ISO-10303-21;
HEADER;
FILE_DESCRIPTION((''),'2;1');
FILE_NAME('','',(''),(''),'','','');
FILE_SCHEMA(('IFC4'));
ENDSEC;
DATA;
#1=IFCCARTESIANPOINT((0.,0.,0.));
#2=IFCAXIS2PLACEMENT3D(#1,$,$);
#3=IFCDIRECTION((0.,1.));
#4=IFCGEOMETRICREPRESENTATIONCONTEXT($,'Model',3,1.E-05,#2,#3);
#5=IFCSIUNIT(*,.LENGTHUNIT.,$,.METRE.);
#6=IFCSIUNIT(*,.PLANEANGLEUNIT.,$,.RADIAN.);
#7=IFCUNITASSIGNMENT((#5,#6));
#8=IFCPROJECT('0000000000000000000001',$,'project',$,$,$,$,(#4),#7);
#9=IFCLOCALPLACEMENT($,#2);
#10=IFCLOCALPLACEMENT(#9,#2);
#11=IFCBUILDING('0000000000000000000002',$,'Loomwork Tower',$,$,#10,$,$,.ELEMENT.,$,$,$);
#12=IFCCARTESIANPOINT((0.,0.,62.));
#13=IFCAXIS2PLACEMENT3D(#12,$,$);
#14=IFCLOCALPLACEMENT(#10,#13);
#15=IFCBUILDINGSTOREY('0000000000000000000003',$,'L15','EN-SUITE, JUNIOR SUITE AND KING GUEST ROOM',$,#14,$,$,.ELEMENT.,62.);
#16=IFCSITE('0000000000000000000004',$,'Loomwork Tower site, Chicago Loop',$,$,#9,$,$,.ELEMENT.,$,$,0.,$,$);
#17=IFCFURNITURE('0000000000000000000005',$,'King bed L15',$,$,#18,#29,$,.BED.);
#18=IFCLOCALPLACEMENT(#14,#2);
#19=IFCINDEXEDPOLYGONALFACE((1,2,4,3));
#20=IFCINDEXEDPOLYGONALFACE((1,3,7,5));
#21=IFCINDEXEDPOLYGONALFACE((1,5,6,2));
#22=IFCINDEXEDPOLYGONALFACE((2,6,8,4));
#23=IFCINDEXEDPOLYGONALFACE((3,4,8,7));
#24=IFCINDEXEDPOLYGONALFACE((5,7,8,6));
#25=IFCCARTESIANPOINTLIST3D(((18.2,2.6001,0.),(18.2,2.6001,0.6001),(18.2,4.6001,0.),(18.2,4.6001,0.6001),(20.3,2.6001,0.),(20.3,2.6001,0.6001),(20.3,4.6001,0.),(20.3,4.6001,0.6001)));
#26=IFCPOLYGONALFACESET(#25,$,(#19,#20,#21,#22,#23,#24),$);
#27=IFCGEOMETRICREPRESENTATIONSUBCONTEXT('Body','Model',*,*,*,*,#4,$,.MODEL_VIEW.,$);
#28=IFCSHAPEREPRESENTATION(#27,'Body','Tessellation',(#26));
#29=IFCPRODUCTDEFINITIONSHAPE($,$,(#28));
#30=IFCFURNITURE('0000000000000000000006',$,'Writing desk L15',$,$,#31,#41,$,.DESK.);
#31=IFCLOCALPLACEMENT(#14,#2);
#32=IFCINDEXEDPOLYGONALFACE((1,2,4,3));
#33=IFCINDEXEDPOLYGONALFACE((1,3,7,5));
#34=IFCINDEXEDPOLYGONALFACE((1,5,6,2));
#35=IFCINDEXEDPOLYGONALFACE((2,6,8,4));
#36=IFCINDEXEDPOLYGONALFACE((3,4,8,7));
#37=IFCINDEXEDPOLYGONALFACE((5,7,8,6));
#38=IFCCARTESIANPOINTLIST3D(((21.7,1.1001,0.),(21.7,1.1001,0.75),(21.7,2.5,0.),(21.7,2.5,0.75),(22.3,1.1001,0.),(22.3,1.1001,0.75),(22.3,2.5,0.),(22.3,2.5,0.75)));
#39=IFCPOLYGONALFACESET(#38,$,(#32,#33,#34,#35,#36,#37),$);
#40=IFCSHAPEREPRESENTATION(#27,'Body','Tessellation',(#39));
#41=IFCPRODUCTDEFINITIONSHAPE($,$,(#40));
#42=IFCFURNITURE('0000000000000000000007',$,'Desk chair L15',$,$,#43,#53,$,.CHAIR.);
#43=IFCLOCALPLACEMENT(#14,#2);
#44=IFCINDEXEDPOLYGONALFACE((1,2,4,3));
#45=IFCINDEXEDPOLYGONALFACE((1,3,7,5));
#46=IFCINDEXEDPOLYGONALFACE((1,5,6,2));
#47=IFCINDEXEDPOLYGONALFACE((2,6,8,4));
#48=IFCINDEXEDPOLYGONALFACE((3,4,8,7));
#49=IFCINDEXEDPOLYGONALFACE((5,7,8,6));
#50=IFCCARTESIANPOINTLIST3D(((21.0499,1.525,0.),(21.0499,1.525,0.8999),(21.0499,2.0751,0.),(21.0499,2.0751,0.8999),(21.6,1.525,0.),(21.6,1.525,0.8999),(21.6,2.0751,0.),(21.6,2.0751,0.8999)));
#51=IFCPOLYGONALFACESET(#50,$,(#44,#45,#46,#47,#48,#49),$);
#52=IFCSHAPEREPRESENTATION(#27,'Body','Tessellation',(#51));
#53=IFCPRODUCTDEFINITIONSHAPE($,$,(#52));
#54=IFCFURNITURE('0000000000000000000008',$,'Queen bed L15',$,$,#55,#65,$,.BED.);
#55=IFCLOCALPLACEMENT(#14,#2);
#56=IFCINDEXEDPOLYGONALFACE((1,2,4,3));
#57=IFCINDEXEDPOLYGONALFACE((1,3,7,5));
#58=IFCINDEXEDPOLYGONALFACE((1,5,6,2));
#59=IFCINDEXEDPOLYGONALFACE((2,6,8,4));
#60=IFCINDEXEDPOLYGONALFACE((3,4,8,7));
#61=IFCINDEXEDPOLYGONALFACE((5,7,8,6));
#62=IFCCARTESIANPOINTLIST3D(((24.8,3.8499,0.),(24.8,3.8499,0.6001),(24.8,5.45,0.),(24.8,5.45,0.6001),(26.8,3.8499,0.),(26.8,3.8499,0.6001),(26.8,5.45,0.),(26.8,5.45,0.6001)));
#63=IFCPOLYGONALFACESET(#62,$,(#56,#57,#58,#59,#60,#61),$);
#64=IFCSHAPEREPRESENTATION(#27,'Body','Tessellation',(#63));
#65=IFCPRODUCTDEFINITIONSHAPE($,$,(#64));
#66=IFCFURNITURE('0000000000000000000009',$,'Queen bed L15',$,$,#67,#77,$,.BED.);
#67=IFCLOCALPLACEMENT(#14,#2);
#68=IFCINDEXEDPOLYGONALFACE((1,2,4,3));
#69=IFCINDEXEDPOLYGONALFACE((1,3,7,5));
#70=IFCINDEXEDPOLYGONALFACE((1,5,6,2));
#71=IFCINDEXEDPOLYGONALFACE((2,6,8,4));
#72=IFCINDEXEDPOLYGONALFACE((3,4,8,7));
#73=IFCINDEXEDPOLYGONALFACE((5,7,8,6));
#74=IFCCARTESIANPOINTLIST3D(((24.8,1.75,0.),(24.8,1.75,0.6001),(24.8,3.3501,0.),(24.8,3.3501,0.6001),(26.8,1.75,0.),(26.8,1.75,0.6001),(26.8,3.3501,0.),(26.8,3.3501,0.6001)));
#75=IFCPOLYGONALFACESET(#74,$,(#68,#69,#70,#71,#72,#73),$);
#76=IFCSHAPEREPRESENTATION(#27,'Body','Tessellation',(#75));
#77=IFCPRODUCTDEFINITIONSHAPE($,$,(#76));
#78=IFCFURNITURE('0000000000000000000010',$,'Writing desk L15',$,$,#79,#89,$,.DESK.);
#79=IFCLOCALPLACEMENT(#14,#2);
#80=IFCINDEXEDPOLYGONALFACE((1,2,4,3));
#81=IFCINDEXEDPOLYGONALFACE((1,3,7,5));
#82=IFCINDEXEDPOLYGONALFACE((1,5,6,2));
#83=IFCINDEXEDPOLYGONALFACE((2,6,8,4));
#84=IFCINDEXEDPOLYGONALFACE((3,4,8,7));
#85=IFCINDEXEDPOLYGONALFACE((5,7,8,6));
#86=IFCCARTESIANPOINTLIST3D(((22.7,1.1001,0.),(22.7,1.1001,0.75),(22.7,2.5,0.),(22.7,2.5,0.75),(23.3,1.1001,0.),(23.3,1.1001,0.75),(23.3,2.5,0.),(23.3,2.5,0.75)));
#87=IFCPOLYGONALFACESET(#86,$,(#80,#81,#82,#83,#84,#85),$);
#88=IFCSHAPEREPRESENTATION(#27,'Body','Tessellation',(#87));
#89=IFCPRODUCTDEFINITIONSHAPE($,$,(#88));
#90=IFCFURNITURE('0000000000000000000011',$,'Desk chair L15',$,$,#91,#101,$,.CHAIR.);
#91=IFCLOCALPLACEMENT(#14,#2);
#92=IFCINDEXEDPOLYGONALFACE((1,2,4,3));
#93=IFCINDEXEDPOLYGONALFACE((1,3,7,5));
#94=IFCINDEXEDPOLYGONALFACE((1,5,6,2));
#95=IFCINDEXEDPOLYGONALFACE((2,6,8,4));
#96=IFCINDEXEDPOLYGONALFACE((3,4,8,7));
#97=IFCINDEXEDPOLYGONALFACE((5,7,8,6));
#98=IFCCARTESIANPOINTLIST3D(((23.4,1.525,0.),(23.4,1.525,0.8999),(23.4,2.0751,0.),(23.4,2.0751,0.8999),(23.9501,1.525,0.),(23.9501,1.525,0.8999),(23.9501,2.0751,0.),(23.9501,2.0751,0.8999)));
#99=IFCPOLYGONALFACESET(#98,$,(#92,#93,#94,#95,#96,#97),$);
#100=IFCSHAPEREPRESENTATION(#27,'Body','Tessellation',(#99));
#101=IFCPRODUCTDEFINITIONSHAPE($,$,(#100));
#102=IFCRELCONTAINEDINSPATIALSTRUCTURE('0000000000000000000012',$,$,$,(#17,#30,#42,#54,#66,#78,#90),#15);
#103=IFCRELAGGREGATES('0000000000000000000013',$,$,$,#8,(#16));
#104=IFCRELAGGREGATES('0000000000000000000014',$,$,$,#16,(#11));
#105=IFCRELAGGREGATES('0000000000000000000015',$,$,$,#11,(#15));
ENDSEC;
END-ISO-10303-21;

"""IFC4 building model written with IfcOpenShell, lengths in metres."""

from ifc_helpers import new_model, si_unit, direction, frame, origin, origin_2d, place, context, subcontext, project, spatial, rectangle, extrude, element, save


model = new_model("IFC4")

# Units and contexts
model_context = context("Model", 3, precision=1e-05, world=origin(), true_north=direction((0.0, 1.0)))
body_context = subcontext(model_context, "Body", "Model", "MODEL_VIEW")
ifc_project = project(units=[si_unit("LENGTHUNIT", "METRE"), si_unit("PLANEANGLEUNIT", "RADIAN")], contexts=[model_context])

# Site, building, storey
site_placement = place(None, origin())
site = spatial("IfcSite", under=ifc_project, at=site_placement, Name="Loomwork Tower site, Chicago Loop", CompositionType="ELEMENT", RefElevation=0.0)
building_placement = place(site_placement, origin())
building = spatial("IfcBuilding", under=site, at=building_placement, Name="Loomwork Tower", CompositionType="ELEMENT")
storey_placement = place(building_placement, frame((0.0, 0.0, 62.0)))
storey = spatial("IfcBuildingStorey", under=building, at=storey_placement, Name="L15", Description="EN-SUITE, JUNIOR SUITE AND KING GUEST ROOM", CompositionType="ELEMENT", Elevation=62.0)

# Furniture
furniture_1_placement = place(storey_placement, frame((19.25, 3.6001, 0.0), z_axis=(0.0, 0.0, 1.0), x_axis=(1.0, 0.0, 0.0)))
element("IfcFurniture", 1, at=furniture_1_placement, inside=storey, Name="King bed L15", PredefinedType="BED", context=body_context, shape_type="SweptSolid", body=[
    extrude(rectangle(XDim=2.1001, YDim=2.0, at=origin_2d()), origin(), (0.0, 0.0, 1.0), 0.6001),
])
furniture_2_placement = place(storey_placement, frame((22.0, 1.8, 0.0), z_axis=(0.0, 0.0, 1.0), x_axis=(1.0, 0.0, 0.0)))
element("IfcFurniture", 2, at=furniture_2_placement, inside=storey, Name="Writing desk L15", PredefinedType="DESK", context=body_context, shape_type="SweptSolid", body=[
    extrude(rectangle(XDim=0.6001, YDim=1.3999, at=origin_2d()), origin(), (0.0, 0.0, 1.0), 0.75),
])
furniture_3_placement = place(storey_placement, frame((21.325, 1.8, 0.0), z_axis=(0.0, 0.0, 1.0), x_axis=(1.0, 0.0, 0.0)))
element("IfcFurniture", 3, at=furniture_3_placement, inside=storey, Name="Desk chair L15", PredefinedType="CHAIR", context=body_context, shape_type="SweptSolid", body=[
    extrude(rectangle(XDim=0.55, YDim=0.55, at=origin_2d()), origin(), (0.0, 0.0, 1.0), 0.8999),
])
for number, where, z_axis, x_axis, name in (
    (4, (25.8, 4.6499, 0.0), (0.0, 0.0, 1.0), (1.0, 0.0, 0.0), "Queen bed L15"),
    (5, (25.8, 2.55, 0.0), (0.0, 0.0, 1.0), (1.0, 0.0, 0.0), "Queen bed L15"),
):
    element("IfcFurniture", number, at=place(storey_placement, frame(where, z_axis=z_axis, x_axis=x_axis)), inside=storey, Name=name, PredefinedType="BED", context=body_context, shape_type="SweptSolid", body=[
        extrude(rectangle(XDim=2.0, YDim=1.6001, at=origin_2d()), origin(), (0.0, 0.0, 1.0), 0.6001),
    ])
furniture_4_placement = place(storey_placement, frame((23.0, 1.8, 0.0), z_axis=(0.0, 0.0, 1.0), x_axis=(1.0, 0.0, 0.0)))
element("IfcFurniture", 6, at=furniture_4_placement, inside=storey, Name="Writing desk L15", PredefinedType="DESK", context=body_context, shape_type="SweptSolid", body=[
    extrude(rectangle(XDim=0.6001, YDim=1.3999, at=origin_2d()), origin(), (0.0, 0.0, 1.0), 0.75),
])
furniture_5_placement = place(storey_placement, frame((23.675, 1.8, 0.0), z_axis=(0.0, 0.0, 1.0), x_axis=(1.0, 0.0, 0.0)))
element("IfcFurniture", 7, at=furniture_5_placement, inside=storey, Name="Desk chair L15", PredefinedType="CHAIR", context=body_context, shape_type="SweptSolid", body=[
    extrude(rectangle(XDim=0.55, YDim=0.55, at=origin_2d()), origin(), (0.0, 0.0, 1.0), 0.8999),
])

save(model, "model.ifc")
